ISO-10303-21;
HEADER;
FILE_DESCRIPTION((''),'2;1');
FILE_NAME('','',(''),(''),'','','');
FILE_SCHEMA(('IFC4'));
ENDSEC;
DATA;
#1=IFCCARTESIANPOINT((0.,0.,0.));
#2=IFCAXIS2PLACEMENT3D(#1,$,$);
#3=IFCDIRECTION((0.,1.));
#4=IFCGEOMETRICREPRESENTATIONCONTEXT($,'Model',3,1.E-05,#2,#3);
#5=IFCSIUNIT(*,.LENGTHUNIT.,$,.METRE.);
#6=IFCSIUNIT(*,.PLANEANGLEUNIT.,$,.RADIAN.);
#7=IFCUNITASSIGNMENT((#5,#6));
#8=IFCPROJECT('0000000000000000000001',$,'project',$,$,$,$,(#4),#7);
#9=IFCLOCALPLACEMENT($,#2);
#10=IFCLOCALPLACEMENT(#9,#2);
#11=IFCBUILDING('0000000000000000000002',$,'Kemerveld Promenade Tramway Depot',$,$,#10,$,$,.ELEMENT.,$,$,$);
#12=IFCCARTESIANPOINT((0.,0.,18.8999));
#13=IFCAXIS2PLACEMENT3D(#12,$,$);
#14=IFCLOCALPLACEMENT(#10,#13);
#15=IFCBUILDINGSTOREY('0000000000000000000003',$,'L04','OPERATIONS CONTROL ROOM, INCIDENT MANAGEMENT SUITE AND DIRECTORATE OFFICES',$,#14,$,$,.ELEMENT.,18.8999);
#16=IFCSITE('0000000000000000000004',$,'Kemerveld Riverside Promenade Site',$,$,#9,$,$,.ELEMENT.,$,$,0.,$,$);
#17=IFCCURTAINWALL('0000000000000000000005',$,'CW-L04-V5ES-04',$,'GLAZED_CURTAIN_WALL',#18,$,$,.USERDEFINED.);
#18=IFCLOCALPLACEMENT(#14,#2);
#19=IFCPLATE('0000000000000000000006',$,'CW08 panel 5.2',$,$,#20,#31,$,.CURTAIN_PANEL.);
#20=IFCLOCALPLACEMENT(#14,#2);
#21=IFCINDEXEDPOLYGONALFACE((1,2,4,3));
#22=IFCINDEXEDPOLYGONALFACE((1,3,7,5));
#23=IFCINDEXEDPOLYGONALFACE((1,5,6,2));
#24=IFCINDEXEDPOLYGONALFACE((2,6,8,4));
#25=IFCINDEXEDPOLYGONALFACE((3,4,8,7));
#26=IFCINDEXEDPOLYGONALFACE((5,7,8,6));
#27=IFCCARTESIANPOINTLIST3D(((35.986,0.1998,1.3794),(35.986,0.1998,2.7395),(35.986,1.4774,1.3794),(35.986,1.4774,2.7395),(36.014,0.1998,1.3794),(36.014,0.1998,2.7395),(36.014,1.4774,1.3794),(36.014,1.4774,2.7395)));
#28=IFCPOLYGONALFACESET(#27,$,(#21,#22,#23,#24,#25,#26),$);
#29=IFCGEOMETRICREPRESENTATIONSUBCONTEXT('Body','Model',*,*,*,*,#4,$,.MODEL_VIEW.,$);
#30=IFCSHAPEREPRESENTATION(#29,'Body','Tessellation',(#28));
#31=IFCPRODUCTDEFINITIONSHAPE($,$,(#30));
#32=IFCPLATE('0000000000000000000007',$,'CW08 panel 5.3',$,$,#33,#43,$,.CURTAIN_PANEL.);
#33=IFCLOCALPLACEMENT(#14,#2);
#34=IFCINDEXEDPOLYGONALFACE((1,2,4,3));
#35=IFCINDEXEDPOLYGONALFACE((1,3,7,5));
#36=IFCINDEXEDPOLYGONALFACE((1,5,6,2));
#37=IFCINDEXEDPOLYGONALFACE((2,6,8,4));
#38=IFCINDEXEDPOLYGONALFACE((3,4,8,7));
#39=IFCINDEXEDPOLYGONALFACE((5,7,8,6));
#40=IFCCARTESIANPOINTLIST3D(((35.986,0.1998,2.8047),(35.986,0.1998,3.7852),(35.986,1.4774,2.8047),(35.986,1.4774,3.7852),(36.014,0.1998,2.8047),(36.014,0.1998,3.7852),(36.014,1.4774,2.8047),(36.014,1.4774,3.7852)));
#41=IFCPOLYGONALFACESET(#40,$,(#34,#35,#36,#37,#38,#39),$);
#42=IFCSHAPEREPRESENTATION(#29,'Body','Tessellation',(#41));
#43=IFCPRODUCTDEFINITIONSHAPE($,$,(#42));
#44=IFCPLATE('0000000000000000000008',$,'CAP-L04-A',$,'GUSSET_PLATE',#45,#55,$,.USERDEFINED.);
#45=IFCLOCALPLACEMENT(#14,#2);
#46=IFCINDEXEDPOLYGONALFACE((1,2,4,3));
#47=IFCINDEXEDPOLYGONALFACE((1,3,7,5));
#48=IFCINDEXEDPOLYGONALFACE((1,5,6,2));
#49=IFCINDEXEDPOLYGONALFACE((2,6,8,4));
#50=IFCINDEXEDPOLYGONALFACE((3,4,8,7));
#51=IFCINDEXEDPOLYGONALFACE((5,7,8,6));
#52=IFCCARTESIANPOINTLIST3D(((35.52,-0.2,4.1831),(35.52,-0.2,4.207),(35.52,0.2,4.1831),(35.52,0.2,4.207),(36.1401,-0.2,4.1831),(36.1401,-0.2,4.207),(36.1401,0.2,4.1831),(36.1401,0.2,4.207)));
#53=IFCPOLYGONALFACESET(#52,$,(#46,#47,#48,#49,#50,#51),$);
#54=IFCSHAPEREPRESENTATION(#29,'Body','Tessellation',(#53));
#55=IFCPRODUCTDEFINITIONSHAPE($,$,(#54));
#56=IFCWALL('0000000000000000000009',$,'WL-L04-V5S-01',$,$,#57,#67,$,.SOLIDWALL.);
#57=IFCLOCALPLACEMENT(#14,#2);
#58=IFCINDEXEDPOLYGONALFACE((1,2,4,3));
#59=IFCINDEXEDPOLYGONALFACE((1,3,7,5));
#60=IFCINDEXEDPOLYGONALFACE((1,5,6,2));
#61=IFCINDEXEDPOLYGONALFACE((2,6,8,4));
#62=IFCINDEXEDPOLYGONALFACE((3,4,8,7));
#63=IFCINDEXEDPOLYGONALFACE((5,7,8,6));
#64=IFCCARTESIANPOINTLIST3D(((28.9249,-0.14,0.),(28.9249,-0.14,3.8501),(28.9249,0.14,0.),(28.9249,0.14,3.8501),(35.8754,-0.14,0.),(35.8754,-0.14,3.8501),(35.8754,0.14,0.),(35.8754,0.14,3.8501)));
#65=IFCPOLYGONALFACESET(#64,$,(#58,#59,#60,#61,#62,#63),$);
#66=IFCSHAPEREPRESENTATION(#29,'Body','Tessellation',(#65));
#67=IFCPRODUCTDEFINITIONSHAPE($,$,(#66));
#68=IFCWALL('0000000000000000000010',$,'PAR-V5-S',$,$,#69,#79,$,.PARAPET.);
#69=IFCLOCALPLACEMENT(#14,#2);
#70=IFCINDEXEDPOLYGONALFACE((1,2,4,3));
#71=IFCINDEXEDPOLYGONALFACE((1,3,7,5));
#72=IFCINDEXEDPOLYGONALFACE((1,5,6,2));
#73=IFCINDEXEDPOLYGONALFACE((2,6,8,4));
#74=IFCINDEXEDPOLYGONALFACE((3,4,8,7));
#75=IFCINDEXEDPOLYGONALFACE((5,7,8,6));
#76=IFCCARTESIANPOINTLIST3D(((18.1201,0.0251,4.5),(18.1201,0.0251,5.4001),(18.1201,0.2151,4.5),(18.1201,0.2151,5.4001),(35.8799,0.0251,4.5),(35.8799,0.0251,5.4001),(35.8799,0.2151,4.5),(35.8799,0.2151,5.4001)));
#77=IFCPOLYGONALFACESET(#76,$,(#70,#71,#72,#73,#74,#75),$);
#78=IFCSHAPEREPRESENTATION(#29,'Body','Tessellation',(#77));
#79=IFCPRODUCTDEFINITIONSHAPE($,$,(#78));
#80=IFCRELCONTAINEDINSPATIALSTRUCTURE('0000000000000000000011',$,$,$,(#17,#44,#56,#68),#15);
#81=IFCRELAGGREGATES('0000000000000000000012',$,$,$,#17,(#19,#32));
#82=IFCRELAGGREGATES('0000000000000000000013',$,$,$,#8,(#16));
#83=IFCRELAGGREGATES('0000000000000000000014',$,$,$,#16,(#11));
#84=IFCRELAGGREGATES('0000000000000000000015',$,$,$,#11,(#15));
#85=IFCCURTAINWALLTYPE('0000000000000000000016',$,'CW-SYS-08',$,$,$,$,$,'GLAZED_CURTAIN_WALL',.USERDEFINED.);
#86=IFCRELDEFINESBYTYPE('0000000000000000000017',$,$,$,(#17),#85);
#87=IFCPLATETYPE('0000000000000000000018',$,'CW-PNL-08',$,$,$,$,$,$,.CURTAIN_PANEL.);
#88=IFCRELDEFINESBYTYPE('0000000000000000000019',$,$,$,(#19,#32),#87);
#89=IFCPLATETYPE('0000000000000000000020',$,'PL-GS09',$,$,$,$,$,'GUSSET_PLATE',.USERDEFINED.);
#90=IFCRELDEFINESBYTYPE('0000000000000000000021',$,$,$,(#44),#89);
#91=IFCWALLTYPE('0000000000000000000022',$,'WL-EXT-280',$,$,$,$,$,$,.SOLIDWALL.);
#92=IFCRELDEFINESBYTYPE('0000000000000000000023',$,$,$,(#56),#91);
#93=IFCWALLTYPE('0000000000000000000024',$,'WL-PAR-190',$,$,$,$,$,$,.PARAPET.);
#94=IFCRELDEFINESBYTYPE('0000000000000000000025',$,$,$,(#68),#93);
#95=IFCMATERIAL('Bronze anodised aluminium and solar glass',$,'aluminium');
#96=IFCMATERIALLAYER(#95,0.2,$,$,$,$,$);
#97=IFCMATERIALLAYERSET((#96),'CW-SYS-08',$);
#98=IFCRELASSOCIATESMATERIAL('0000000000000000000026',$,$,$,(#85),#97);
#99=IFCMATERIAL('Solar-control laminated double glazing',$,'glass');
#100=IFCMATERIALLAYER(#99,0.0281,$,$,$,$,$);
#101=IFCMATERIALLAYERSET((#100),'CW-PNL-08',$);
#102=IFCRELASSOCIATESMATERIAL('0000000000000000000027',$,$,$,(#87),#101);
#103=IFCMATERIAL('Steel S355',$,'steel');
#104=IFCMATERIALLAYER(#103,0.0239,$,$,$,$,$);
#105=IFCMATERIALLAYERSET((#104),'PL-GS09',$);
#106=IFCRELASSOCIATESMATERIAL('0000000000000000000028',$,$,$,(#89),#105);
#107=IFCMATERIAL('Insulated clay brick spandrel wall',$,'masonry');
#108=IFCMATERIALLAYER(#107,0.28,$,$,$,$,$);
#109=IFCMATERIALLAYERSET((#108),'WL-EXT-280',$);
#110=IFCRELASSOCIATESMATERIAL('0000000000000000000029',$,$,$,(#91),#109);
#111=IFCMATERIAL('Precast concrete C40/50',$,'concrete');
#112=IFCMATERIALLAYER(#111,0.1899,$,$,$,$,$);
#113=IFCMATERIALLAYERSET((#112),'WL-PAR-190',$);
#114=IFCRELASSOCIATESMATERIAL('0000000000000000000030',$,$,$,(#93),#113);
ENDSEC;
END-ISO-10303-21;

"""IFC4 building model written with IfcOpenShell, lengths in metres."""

from ifc_helpers import new_model, si_unit, direction, frame, frame_2d, origin, origin_2d, place, context, subcontext, project, spatial, rectangle, extrude, material, layer, layer_set, type_object, element, aggregate, save


model = new_model("IFC4")

# Units and contexts
model_context = context("Model", 3, precision=1e-05, world=origin(), true_north=direction((0.0, 1.0)))
body_context = subcontext(model_context, "Body", "Model", "MODEL_VIEW")
ifc_project = project(units=[si_unit("LENGTHUNIT", "METRE"), si_unit("PLANEANGLEUNIT", "RADIAN")], contexts=[model_context])

# Site, building, storey
site_placement = place(None, origin())
site = spatial("IfcSite", under=ifc_project, at=site_placement, Name="Kemerveld Riverside Promenade Site", CompositionType="ELEMENT", RefElevation=0.0)
building_placement = place(site_placement, origin())
building = spatial("IfcBuilding", under=site, at=building_placement, Name="Kemerveld Promenade Tramway Depot", CompositionType="ELEMENT")
storey_placement = place(building_placement, frame((0.0, 0.0, 18.8999)))
storey = spatial("IfcBuildingStorey", under=building, at=storey_placement, Name="L04", Description="OPERATIONS CONTROL ROOM, INCIDENT MANAGEMENT SUITE AND DIRECTORATE OFFICES", CompositionType="ELEMENT", Elevation=18.8999)

# Shared definitions
ifc_material_1 = material(Name="Steel S355", Category="steel")

# Shared definitions
ifc_material_2 = material(Name="Bronze anodised aluminium and solar glass", Category="aluminium")

# Curtain wall
ifc_layer_1 = layer(ifc_material_2, 0.2)
ifc_layer_set_1 = layer_set([ifc_layer_1], Name="CW-SYS-08")
curtain_wall_type_1 = type_object("IfcCurtainWallType", Name="CW-SYS-08", ElementType="GLAZED_CURTAIN_WALL", PredefinedType="USERDEFINED", material=ifc_layer_set_1)
curtain_wall_1_placement = place(storey_placement, origin())
curtain_wall_1 = element("IfcCurtainWall", 1, at=curtain_wall_1_placement, inside=storey, type_object=curtain_wall_type_1, Name="CW-L04-V5ES-04", ObjectType="GLAZED_CURTAIN_WALL", PredefinedType="USERDEFINED")

# Plates
ifc_material_3 = material(Name="Solar-control laminated double glazing", Category="glass")
ifc_layer_2 = layer(ifc_material_3, 0.0281)
ifc_layer_set_2 = layer_set([ifc_layer_2], Name="CW-PNL-08")
plate_type_1 = type_object("IfcPlateType", Name="CW-PNL-08", PredefinedType="CURTAIN_PANEL", material=ifc_layer_set_2)
plate_1_placement = place(storey_placement, frame((36.0, 0.8386, 1.3794), z_axis=(0.0, 0.0, 1.0), x_axis=(0.0, -1.0, 0.0)))
plate_1 = element("IfcPlate", 2, at=plate_1_placement, type_object=plate_type_1, Name="CW08 panel 5.2", PredefinedType="CURTAIN_PANEL", context=body_context, shape_type="SweptSolid", body=[
    extrude(rectangle(XDim=1.2776, YDim=0.0281, at=origin_2d()), origin(), (0.0, 0.0, 1.0), 1.3601),
])
plate_2_placement = place(storey_placement, frame((36.0, 0.8386, 2.8047), z_axis=(0.0, 0.0, 1.0), x_axis=(0.0, -1.0, 0.0)))
plate_2 = element("IfcPlate", 3, at=plate_2_placement, type_object=plate_type_1, Name="CW08 panel 5.3", PredefinedType="CURTAIN_PANEL", context=body_context, shape_type="SweptSolid", body=[
    extrude(rectangle(XDim=1.2776, YDim=0.0281, at=origin_2d()), origin(), (0.0, 0.0, 1.0), 0.9805),
])
aggregate(curtain_wall_1, [plate_1, plate_2])
ifc_layer_3 = layer(ifc_material_1, 0.0239)
ifc_layer_set_3 = layer_set([ifc_layer_3], Name="PL-GS09")
plate_type_2 = type_object("IfcPlateType", Name="PL-GS09", ElementType="GUSSET_PLATE", PredefinedType="USERDEFINED", material=ifc_layer_set_3)
plate_3_placement = place(storey_placement, frame((35.8301, 0.0, 4.1831), z_axis=(0.0, 0.0, 1.0), x_axis=(1.0, 0.0, 0.0)))
element("IfcPlate", 4, at=plate_3_placement, inside=storey, type_object=plate_type_2, Name="CAP-L04-A", ObjectType="GUSSET_PLATE", PredefinedType="USERDEFINED", context=body_context, shape_type="SweptSolid", body=[
    extrude(rectangle(XDim=0.6201, YDim=0.3999, at=origin_2d()), origin(), (0.0, 0.0, 1.0), 0.0239),
])

# Walls
ifc_material_4 = material(Name="Insulated clay brick spandrel wall", Category="masonry")
ifc_layer_4 = layer(ifc_material_4, 0.28)
ifc_layer_set_4 = layer_set([ifc_layer_4], Name="WL-EXT-280")
wall_type_1 = type_object("IfcWallType", Name="WL-EXT-280", PredefinedType="SOLIDWALL", material=ifc_layer_set_4)
wall_1_placement = place(storey_placement, frame((35.8752, 0.0, 0.0), z_axis=(0.0, 0.0, 1.0), x_axis=(-1.0, 0.0, 0.0)))
element("IfcWall", 5, at=wall_1_placement, inside=storey, type_object=wall_type_1, Name="WL-L04-V5S-01", PredefinedType="SOLIDWALL", context=body_context, shape_type="SweptSolid", body=[
    extrude(rectangle(XDim=6.9504, YDim=0.28, at=frame_2d((3.4751, 0.0))), origin(), (0.0, 0.0, 1.0), 3.8501),
])
ifc_material_5 = material(Name="Precast concrete C40/50", Category="concrete")
ifc_layer_5 = layer(ifc_material_5, 0.1899)
ifc_layer_set_5 = layer_set([ifc_layer_5], Name="WL-PAR-190")
wall_type_2 = type_object("IfcWallType", Name="WL-PAR-190", PredefinedType="PARAPET", material=ifc_layer_set_5)
wall_2_placement = place(storey_placement, frame((35.8799, 0.1201, 4.5), z_axis=(0.0, 0.0, 1.0), x_axis=(-1.0, 0.0, 0.0)))
element("IfcWall", 6, at=wall_2_placement, inside=storey, type_object=wall_type_2, Name="PAR-V5-S", PredefinedType="PARAPET", context=body_context, shape_type="SweptSolid", body=[
    extrude(rectangle(XDim=17.7598, YDim=0.1899, at=frame_2d((8.8799, 0.0))), origin(), (0.0, 0.0, 1.0), 0.9001),
])

save(model, "model.ifc")
